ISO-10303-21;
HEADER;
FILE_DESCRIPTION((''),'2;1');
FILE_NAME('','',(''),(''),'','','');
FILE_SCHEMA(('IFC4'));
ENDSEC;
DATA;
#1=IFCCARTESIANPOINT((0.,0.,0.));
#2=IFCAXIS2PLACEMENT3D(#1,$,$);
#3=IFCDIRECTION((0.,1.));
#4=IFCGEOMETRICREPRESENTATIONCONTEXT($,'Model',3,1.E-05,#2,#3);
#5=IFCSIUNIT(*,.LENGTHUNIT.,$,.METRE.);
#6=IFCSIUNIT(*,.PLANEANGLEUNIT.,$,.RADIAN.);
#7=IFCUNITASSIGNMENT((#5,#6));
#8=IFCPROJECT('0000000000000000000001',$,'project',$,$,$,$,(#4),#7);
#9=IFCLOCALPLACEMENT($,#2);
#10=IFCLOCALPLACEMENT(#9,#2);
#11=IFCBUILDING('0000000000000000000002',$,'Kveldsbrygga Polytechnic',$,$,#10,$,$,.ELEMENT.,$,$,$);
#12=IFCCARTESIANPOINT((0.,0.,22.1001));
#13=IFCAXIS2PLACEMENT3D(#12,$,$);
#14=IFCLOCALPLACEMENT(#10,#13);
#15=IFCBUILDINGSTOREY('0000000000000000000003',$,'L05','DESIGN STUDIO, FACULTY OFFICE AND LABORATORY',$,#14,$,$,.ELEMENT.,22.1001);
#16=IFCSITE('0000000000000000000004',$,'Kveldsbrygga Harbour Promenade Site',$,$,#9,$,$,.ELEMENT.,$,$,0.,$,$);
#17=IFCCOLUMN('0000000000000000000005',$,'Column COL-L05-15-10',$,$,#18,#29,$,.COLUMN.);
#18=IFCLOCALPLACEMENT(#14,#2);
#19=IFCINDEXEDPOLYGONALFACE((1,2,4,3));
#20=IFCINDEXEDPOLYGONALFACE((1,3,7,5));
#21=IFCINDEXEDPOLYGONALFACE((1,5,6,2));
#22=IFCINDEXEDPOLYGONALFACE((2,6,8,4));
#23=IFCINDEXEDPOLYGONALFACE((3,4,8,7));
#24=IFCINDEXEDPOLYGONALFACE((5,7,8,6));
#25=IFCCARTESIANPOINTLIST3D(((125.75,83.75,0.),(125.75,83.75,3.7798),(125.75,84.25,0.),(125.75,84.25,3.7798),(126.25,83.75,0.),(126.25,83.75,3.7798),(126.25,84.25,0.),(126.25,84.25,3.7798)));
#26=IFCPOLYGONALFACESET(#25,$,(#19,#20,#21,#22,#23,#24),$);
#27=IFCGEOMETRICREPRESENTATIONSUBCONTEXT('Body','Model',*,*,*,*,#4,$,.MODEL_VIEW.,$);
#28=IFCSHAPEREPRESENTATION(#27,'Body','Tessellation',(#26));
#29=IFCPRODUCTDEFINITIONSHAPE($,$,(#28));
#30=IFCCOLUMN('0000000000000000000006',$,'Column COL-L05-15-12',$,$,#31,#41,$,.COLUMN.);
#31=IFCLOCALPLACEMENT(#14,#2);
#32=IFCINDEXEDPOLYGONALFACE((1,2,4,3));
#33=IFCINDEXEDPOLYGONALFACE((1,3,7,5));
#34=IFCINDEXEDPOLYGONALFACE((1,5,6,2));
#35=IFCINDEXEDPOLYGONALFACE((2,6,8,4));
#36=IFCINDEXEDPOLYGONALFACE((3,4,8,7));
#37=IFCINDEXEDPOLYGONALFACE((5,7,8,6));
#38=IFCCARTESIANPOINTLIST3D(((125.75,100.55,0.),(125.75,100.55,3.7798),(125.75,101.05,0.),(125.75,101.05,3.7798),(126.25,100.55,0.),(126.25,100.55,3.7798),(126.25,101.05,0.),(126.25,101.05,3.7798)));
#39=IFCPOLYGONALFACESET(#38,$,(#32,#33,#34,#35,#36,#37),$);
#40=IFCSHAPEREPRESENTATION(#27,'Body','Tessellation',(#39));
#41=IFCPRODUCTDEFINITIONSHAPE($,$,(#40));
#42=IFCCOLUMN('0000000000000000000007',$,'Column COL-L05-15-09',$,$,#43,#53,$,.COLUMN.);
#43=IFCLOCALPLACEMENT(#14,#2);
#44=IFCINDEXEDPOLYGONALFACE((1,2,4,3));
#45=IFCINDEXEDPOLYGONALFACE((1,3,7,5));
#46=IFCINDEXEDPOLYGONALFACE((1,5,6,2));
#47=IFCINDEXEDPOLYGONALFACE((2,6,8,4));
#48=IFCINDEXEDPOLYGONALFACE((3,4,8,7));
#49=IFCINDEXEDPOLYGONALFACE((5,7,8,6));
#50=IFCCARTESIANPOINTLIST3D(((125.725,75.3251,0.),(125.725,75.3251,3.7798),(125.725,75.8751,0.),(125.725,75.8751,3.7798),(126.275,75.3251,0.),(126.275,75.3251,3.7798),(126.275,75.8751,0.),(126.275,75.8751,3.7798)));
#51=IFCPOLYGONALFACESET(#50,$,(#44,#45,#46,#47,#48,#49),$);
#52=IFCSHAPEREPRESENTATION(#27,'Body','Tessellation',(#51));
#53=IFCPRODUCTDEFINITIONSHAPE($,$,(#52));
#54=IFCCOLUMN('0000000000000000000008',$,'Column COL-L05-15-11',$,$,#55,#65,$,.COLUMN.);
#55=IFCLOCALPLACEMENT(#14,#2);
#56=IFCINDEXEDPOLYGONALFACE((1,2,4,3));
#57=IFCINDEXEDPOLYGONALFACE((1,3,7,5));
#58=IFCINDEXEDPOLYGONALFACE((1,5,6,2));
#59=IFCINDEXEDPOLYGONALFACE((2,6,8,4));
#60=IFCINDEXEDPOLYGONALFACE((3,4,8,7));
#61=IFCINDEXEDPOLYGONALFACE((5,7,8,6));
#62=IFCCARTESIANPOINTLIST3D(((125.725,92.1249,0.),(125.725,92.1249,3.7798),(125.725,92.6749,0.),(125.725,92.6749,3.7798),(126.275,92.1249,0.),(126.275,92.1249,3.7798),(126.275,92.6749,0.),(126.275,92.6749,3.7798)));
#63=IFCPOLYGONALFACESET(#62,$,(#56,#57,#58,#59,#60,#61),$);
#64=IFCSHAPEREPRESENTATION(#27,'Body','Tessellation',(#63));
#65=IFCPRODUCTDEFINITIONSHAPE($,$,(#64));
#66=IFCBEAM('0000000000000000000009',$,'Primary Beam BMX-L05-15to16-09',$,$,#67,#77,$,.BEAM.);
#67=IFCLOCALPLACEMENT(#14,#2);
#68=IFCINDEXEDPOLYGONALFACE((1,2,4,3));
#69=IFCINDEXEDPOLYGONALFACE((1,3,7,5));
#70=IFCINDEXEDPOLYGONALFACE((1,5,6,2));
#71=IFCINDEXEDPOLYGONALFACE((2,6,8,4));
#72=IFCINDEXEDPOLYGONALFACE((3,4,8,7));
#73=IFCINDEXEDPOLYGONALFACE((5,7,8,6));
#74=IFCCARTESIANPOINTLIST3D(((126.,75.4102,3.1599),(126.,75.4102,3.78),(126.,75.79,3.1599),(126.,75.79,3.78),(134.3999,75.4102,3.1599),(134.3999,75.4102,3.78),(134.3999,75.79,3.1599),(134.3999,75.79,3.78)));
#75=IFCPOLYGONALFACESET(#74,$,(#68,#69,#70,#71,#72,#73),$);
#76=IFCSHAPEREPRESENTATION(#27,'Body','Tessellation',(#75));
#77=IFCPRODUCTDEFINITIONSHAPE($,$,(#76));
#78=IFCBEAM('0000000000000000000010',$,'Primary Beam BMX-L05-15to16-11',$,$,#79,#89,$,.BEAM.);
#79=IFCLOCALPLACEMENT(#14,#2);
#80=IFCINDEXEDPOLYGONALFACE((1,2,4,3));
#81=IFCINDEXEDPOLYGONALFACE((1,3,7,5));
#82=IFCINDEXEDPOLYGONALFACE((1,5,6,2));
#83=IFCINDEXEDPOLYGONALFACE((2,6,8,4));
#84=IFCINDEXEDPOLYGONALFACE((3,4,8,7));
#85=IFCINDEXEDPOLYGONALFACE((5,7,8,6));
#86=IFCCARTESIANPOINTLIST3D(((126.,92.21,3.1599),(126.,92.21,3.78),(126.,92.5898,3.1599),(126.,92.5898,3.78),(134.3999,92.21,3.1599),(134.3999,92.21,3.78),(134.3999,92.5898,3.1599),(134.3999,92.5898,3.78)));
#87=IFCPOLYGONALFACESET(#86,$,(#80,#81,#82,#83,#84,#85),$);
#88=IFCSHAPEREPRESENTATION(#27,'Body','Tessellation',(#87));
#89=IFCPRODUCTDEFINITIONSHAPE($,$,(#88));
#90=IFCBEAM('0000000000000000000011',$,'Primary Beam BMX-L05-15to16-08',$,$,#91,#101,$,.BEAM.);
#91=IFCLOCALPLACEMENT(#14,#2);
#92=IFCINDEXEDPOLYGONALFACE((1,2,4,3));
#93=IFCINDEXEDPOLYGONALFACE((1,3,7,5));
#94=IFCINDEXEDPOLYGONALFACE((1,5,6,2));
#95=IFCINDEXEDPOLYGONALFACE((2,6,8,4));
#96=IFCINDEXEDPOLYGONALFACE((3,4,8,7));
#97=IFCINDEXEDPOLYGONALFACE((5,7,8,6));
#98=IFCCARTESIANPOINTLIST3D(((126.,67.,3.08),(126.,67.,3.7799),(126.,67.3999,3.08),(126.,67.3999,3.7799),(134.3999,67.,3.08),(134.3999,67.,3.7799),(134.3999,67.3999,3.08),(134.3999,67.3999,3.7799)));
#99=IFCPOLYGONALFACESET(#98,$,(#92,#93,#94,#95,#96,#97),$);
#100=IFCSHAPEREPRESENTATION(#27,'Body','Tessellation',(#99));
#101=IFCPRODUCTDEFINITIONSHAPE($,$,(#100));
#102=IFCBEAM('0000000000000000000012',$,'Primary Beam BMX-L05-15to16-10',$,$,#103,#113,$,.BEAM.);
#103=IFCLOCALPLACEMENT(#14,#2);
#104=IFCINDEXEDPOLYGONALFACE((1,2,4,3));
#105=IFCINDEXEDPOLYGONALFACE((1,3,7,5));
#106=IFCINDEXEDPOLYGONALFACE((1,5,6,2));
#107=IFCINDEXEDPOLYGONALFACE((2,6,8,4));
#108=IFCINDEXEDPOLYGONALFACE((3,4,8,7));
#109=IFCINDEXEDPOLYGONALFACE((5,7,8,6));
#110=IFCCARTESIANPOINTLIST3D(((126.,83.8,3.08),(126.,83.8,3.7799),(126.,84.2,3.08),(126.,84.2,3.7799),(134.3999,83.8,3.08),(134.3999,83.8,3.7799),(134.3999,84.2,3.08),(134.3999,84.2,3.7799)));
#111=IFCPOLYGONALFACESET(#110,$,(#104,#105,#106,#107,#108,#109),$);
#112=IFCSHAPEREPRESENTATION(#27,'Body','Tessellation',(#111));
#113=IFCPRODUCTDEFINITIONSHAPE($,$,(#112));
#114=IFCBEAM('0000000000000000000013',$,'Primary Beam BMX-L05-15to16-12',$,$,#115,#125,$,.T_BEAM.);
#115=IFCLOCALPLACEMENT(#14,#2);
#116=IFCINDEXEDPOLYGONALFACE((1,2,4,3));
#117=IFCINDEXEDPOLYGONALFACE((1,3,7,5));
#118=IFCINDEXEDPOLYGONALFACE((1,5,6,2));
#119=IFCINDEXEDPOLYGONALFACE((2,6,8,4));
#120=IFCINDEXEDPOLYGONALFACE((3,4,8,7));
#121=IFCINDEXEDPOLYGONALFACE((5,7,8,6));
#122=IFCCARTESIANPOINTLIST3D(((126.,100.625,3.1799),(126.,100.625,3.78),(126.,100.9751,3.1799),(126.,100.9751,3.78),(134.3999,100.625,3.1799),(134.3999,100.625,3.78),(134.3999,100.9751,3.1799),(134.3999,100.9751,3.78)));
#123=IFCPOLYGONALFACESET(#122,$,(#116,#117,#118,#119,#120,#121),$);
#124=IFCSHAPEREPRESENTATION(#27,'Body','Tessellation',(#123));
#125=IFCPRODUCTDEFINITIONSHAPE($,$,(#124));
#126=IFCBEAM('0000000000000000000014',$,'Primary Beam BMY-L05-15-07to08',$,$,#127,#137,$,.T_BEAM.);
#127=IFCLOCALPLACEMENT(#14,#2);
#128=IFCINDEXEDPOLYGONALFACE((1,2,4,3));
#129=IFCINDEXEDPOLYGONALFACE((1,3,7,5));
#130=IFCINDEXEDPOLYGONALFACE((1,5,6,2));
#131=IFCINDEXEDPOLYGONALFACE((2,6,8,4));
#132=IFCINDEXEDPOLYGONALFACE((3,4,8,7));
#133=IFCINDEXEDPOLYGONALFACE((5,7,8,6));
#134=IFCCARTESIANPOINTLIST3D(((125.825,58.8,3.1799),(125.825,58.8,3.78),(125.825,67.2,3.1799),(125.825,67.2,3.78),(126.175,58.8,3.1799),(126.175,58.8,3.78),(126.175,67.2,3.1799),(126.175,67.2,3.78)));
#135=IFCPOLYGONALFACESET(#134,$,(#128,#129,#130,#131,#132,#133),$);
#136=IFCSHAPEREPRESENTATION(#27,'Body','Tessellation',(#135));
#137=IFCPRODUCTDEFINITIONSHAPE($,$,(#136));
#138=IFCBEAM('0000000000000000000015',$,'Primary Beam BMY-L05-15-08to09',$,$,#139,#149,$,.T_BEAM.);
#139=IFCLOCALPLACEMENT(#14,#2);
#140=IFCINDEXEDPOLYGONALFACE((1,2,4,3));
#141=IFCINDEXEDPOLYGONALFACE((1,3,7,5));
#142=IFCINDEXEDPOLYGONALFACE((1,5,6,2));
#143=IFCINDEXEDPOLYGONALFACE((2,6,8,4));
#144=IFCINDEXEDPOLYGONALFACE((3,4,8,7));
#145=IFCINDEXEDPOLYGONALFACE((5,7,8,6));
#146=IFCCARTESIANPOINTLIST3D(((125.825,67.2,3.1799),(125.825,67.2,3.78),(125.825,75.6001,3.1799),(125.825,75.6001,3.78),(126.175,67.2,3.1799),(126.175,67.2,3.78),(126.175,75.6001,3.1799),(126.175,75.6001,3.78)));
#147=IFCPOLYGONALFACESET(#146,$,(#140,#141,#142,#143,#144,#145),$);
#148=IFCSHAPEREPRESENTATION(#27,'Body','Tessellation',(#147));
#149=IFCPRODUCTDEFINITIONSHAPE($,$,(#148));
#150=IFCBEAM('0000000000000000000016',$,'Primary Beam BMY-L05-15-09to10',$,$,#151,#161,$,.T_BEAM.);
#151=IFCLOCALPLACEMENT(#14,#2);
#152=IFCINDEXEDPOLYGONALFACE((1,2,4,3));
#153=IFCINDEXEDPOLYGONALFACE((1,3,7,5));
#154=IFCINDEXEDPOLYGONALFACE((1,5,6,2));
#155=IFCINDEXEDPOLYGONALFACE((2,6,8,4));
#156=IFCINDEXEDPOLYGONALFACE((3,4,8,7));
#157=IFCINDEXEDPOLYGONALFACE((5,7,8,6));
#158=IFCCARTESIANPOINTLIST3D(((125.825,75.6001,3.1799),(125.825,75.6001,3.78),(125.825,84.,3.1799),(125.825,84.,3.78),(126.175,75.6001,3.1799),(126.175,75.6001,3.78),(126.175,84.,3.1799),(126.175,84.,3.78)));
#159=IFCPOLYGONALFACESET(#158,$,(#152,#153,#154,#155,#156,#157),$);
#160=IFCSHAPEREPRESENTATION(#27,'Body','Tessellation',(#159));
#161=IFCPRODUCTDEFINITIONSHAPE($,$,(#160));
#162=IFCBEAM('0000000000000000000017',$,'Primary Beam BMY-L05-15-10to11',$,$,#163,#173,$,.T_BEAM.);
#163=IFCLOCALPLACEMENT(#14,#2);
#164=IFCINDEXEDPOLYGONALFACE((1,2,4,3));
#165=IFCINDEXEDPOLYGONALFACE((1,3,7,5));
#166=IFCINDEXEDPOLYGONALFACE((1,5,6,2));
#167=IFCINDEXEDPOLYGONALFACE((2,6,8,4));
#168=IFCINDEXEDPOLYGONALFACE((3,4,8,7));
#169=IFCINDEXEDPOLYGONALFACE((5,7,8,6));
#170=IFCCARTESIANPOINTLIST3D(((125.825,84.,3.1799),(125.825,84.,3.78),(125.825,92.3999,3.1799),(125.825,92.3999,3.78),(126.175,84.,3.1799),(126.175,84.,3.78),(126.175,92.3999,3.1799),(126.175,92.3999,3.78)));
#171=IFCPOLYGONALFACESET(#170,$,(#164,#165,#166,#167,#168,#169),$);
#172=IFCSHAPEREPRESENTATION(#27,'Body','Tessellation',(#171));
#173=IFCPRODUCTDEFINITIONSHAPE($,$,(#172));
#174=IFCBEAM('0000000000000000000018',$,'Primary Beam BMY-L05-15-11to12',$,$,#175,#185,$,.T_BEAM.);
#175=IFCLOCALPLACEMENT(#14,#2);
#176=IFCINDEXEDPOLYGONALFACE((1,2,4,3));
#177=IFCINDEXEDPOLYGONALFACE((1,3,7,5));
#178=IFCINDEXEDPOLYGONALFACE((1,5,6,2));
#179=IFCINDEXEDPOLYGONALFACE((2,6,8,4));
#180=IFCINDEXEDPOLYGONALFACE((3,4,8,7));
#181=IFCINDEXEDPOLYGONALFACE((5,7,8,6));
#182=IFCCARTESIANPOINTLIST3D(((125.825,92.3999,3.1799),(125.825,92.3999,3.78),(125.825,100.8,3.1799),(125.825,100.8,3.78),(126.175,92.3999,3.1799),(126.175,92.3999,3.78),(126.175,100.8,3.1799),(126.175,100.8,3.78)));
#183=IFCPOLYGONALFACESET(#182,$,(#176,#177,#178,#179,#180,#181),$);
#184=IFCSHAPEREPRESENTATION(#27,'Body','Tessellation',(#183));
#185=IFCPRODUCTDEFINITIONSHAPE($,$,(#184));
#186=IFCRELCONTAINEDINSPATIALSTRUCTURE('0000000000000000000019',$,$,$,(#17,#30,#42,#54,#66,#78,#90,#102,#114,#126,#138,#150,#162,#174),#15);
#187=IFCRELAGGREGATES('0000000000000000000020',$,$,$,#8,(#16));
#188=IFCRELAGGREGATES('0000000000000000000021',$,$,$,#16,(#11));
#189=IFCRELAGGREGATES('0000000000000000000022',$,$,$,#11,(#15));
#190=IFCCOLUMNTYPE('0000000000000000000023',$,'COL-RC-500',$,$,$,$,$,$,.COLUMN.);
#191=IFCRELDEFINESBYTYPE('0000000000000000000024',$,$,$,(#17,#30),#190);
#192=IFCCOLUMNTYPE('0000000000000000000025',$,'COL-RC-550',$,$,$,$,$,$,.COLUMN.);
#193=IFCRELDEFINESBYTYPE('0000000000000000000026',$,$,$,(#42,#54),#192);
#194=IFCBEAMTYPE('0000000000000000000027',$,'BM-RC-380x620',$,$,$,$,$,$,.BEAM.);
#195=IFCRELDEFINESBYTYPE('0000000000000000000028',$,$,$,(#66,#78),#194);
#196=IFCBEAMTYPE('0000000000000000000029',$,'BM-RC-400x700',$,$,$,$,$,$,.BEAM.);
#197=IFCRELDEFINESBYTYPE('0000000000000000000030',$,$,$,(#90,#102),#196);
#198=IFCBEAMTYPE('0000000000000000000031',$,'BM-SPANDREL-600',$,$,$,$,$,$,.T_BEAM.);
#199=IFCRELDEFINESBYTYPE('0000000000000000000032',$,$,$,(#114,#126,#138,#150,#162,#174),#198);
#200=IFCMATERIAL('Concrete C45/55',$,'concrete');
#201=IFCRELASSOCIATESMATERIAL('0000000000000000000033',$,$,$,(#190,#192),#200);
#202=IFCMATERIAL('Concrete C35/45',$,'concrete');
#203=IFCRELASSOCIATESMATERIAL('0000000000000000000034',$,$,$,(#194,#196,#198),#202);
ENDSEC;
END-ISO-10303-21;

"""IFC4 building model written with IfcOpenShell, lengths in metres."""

from ifc_helpers import new_model, si_unit, direction, frame, origin, origin_2d, place, context, subcontext, project, spatial, rectangle, extrude, material, material_profile, profile_set, type_object, element, save


model = new_model("IFC4")

# Units and contexts
model_context = context("Model", 3, precision=1e-05, world=origin(), true_north=direction((0.0, 1.0)))
body_context = subcontext(model_context, "Body", "Model", "MODEL_VIEW")
ifc_project = project(units=[si_unit("LENGTHUNIT", "METRE"), si_unit("PLANEANGLEUNIT", "RADIAN")], contexts=[model_context])

# Site, building, storey
site_placement = place(None, origin())
site = spatial("IfcSite", under=ifc_project, at=site_placement, Name="Kveldsbrygga Harbour Promenade Site", CompositionType="ELEMENT", RefElevation=0.0)
building_placement = place(site_placement, origin())
building = spatial("IfcBuilding", under=site, at=building_placement, Name="Kveldsbrygga Polytechnic", CompositionType="ELEMENT")
storey_placement = place(building_placement, frame((0.0, 0.0, 22.1001)))
storey = spatial("IfcBuildingStorey", under=building, at=storey_placement, Name="L05", Description="DESIGN STUDIO, FACULTY OFFICE AND LABORATORY", CompositionType="ELEMENT", Elevation=22.1001)

# Columns
ifc_material_1 = material(Name="Concrete C45/55", Category="concrete")
ifc_material_profile_1 = material_profile(ifc_material_1, rectangle(XDim=0.5, YDim=0.5, at=origin_2d()), Name="RC 500x500")
ifc_profile_set_1 = profile_set([ifc_material_profile_1], Name="Concrete C45/55")
column_type_1 = type_object("IfcColumnType", Name="COL-RC-500", PredefinedType="COLUMN", material=ifc_profile_set_1)
for number, where, z_axis, x_axis, name in (
    (1, (126.0, 84.0, 0.0), (0.0, 0.0, 1.0), (1.0, 0.0, 0.0), "Column COL-L05-15-10"),
    (2, (126.0, 100.8, 0.0), (0.0, 0.0, 1.0), (1.0, 0.0, 0.0), "Column COL-L05-15-12"),
):
    element("IfcColumn", number, at=place(storey_placement, frame(where, z_axis=z_axis, x_axis=x_axis)), inside=storey, type_object=column_type_1, Name=name, PredefinedType="COLUMN", context=body_context, shape_type="SweptSolid", body=[
        extrude(rectangle(XDim=0.5, YDim=0.5, at=origin_2d()), origin(), (0.0, 0.0, 1.0), 3.7798),
    ])
ifc_material_profile_2 = material_profile(ifc_material_1, rectangle(XDim=0.55, YDim=0.55, at=origin_2d()), Name="RC 550x550")
ifc_profile_set_2 = profile_set([ifc_material_profile_2], Name="Concrete C45/55")
column_type_2 = type_object("IfcColumnType", Name="COL-RC-550", PredefinedType="COLUMN", material=ifc_profile_set_2)
for number, where, z_axis, x_axis, name in (
    (3, (126.0, 75.6001, 0.0), (0.0, 0.0, 1.0), (1.0, 0.0, 0.0), "Column COL-L05-15-09"),
    (4, (126.0, 92.3999, 0.0), (0.0, 0.0, 1.0), (1.0, 0.0, 0.0), "Column COL-L05-15-11"),
):
    element("IfcColumn", number, at=place(storey_placement, frame(where, z_axis=z_axis, x_axis=x_axis)), inside=storey, type_object=column_type_2, Name=name, PredefinedType="COLUMN", context=body_context, shape_type="SweptSolid", body=[
        extrude(rectangle(XDim=0.55, YDim=0.55, at=origin_2d()), origin(), (0.0, 0.0, 1.0), 3.7798),
    ])

# Beams
ifc_material_2 = material(Name="Concrete C35/45", Category="concrete")
ifc_material_profile_3 = material_profile(ifc_material_2, rectangle(XDim=0.3799, YDim=0.6201, at=origin_2d()), Name="RC 380x620")
ifc_profile_set_3 = profile_set([ifc_material_profile_3], Name="Concrete C35/45")
beam_type_1 = type_object("IfcBeamType", Name="BM-RC-380x620", PredefinedType="BEAM", material=ifc_profile_set_3)
for number, where, z_axis, x_axis, name in (
    (5, (126.0, 75.6001, 3.47), (1.0, 0.0, 0.0), (0.0, 1.0, 0.0), "Primary Beam BMX-L05-15to16-09"),
    (6, (126.0, 92.3999, 3.47), (1.0, 0.0, 0.0), (0.0, 1.0, 0.0), "Primary Beam BMX-L05-15to16-11"),
):
    element("IfcBeam", number, at=place(storey_placement, frame(where, z_axis=z_axis, x_axis=x_axis)), inside=storey, type_object=beam_type_1, Name=name, PredefinedType="BEAM", context=body_context, shape_type="SweptSolid", body=[
        extrude(rectangle(XDim=0.3799, YDim=0.6201, at=origin_2d()), origin(), (0.0, 0.0, 1.0), 8.3999),
    ])
ifc_material_profile_4 = material_profile(ifc_material_2, rectangle(XDim=0.3999, YDim=0.7, at=origin_2d()), Name="RC 400x700")
ifc_profile_set_4 = profile_set([ifc_material_profile_4], Name="Concrete C35/45")
beam_type_2 = type_object("IfcBeamType", Name="BM-RC-400x700", PredefinedType="BEAM", material=ifc_profile_set_4)
for number, where, z_axis, x_axis, name in (
    (7, (126.0, 67.2, 3.4299), (1.0, 0.0, 0.0), (0.0, 1.0, 0.0), "Primary Beam BMX-L05-15to16-08"),
    (8, (126.0, 84.0, 3.4299), (1.0, 0.0, 0.0), (0.0, 1.0, 0.0), "Primary Beam BMX-L05-15to16-10"),
):
    element("IfcBeam", number, at=place(storey_placement, frame(where, z_axis=z_axis, x_axis=x_axis)), inside=storey, type_object=beam_type_2, Name=name, PredefinedType="BEAM", context=body_context, shape_type="SweptSolid", body=[
        extrude(rectangle(XDim=0.3999, YDim=0.7, at=origin_2d()), origin(), (0.0, 0.0, 1.0), 8.3999),
    ])
ifc_material_profile_5 = material_profile(ifc_material_2, rectangle(XDim=0.3501, YDim=0.6001, at=origin_2d()), Name="RC 350x600")
ifc_profile_set_5 = profile_set([ifc_material_profile_5], Name="Concrete C35/45")
beam_type_3 = type_object("IfcBeamType", Name="BM-SPANDREL-600", PredefinedType="T_BEAM", material=ifc_profile_set_5)
for number, where, z_axis, x_axis, name in (
    (9, (126.0, 100.8, 3.48), (1.0, 0.0, 0.0), (0.0, 1.0, 0.0), "Primary Beam BMX-L05-15to16-12"),
    (10, (126.0, 58.8, 3.48), (0.0, 1.0, 0.0), (-1.0, 0.0, 0.0), "Primary Beam BMY-L05-15-07to08"),
):
    element("IfcBeam", number, at=place(storey_placement, frame(where, z_axis=z_axis, x_axis=x_axis)), inside=storey, type_object=beam_type_3, Name=name, PredefinedType="T_BEAM", context=body_context, shape_type="SweptSolid", body=[
        extrude(rectangle(XDim=0.3501, YDim=0.6001, at=origin_2d()), origin(), (0.0, 0.0, 1.0), 8.3999),
    ])
beam_1_placement = place(storey_placement, frame((126.0, 67.2, 3.48), z_axis=(0.0, 1.0, 0.0), x_axis=(-1.0, 0.0, 0.0)))
element("IfcBeam", 11, at=beam_1_placement, inside=storey, type_object=beam_type_3, Name="Primary Beam BMY-L05-15-08to09", PredefinedType="T_BEAM", context=body_context, shape_type="SweptSolid", body=[
    extrude(rectangle(XDim=0.3501, YDim=0.6001, at=origin_2d()), origin(), (0.0, 0.0, 1.0), 8.4001),
])
for number, where, z_axis, x_axis, name in (
    (12, (126.0, 75.6001, 3.48), (0.0, 1.0, 0.0), (-1.0, 0.0, 0.0), "Primary Beam BMY-L05-15-09to10"),
    (13, (126.0, 84.0, 3.48), (0.0, 1.0, 0.0), (-1.0, 0.0, 0.0), "Primary Beam BMY-L05-15-10to11"),
):
    element("IfcBeam", number, at=place(storey_placement, frame(where, z_axis=z_axis, x_axis=x_axis)), inside=storey, type_object=beam_type_3, Name=name, PredefinedType="T_BEAM", context=body_context, shape_type="SweptSolid", body=[
        extrude(rectangle(XDim=0.3501, YDim=0.6001, at=origin_2d()), origin(), (0.0, 0.0, 1.0), 8.3999),
    ])
beam_2_placement = place(storey_placement, frame((126.0, 92.3999, 3.48), z_axis=(0.0, 1.0, 0.0), x_axis=(-1.0, 0.0, 0.0)))
element("IfcBeam", 14, at=beam_2_placement, inside=storey, type_object=beam_type_3, Name="Primary Beam BMY-L05-15-11to12", PredefinedType="T_BEAM", context=body_context, shape_type="SweptSolid", body=[
    extrude(rectangle(XDim=0.3501, YDim=0.6001, at=origin_2d()), origin(), (0.0, 0.0, 1.0), 8.4001),
])

save(model, "model.ifc")
